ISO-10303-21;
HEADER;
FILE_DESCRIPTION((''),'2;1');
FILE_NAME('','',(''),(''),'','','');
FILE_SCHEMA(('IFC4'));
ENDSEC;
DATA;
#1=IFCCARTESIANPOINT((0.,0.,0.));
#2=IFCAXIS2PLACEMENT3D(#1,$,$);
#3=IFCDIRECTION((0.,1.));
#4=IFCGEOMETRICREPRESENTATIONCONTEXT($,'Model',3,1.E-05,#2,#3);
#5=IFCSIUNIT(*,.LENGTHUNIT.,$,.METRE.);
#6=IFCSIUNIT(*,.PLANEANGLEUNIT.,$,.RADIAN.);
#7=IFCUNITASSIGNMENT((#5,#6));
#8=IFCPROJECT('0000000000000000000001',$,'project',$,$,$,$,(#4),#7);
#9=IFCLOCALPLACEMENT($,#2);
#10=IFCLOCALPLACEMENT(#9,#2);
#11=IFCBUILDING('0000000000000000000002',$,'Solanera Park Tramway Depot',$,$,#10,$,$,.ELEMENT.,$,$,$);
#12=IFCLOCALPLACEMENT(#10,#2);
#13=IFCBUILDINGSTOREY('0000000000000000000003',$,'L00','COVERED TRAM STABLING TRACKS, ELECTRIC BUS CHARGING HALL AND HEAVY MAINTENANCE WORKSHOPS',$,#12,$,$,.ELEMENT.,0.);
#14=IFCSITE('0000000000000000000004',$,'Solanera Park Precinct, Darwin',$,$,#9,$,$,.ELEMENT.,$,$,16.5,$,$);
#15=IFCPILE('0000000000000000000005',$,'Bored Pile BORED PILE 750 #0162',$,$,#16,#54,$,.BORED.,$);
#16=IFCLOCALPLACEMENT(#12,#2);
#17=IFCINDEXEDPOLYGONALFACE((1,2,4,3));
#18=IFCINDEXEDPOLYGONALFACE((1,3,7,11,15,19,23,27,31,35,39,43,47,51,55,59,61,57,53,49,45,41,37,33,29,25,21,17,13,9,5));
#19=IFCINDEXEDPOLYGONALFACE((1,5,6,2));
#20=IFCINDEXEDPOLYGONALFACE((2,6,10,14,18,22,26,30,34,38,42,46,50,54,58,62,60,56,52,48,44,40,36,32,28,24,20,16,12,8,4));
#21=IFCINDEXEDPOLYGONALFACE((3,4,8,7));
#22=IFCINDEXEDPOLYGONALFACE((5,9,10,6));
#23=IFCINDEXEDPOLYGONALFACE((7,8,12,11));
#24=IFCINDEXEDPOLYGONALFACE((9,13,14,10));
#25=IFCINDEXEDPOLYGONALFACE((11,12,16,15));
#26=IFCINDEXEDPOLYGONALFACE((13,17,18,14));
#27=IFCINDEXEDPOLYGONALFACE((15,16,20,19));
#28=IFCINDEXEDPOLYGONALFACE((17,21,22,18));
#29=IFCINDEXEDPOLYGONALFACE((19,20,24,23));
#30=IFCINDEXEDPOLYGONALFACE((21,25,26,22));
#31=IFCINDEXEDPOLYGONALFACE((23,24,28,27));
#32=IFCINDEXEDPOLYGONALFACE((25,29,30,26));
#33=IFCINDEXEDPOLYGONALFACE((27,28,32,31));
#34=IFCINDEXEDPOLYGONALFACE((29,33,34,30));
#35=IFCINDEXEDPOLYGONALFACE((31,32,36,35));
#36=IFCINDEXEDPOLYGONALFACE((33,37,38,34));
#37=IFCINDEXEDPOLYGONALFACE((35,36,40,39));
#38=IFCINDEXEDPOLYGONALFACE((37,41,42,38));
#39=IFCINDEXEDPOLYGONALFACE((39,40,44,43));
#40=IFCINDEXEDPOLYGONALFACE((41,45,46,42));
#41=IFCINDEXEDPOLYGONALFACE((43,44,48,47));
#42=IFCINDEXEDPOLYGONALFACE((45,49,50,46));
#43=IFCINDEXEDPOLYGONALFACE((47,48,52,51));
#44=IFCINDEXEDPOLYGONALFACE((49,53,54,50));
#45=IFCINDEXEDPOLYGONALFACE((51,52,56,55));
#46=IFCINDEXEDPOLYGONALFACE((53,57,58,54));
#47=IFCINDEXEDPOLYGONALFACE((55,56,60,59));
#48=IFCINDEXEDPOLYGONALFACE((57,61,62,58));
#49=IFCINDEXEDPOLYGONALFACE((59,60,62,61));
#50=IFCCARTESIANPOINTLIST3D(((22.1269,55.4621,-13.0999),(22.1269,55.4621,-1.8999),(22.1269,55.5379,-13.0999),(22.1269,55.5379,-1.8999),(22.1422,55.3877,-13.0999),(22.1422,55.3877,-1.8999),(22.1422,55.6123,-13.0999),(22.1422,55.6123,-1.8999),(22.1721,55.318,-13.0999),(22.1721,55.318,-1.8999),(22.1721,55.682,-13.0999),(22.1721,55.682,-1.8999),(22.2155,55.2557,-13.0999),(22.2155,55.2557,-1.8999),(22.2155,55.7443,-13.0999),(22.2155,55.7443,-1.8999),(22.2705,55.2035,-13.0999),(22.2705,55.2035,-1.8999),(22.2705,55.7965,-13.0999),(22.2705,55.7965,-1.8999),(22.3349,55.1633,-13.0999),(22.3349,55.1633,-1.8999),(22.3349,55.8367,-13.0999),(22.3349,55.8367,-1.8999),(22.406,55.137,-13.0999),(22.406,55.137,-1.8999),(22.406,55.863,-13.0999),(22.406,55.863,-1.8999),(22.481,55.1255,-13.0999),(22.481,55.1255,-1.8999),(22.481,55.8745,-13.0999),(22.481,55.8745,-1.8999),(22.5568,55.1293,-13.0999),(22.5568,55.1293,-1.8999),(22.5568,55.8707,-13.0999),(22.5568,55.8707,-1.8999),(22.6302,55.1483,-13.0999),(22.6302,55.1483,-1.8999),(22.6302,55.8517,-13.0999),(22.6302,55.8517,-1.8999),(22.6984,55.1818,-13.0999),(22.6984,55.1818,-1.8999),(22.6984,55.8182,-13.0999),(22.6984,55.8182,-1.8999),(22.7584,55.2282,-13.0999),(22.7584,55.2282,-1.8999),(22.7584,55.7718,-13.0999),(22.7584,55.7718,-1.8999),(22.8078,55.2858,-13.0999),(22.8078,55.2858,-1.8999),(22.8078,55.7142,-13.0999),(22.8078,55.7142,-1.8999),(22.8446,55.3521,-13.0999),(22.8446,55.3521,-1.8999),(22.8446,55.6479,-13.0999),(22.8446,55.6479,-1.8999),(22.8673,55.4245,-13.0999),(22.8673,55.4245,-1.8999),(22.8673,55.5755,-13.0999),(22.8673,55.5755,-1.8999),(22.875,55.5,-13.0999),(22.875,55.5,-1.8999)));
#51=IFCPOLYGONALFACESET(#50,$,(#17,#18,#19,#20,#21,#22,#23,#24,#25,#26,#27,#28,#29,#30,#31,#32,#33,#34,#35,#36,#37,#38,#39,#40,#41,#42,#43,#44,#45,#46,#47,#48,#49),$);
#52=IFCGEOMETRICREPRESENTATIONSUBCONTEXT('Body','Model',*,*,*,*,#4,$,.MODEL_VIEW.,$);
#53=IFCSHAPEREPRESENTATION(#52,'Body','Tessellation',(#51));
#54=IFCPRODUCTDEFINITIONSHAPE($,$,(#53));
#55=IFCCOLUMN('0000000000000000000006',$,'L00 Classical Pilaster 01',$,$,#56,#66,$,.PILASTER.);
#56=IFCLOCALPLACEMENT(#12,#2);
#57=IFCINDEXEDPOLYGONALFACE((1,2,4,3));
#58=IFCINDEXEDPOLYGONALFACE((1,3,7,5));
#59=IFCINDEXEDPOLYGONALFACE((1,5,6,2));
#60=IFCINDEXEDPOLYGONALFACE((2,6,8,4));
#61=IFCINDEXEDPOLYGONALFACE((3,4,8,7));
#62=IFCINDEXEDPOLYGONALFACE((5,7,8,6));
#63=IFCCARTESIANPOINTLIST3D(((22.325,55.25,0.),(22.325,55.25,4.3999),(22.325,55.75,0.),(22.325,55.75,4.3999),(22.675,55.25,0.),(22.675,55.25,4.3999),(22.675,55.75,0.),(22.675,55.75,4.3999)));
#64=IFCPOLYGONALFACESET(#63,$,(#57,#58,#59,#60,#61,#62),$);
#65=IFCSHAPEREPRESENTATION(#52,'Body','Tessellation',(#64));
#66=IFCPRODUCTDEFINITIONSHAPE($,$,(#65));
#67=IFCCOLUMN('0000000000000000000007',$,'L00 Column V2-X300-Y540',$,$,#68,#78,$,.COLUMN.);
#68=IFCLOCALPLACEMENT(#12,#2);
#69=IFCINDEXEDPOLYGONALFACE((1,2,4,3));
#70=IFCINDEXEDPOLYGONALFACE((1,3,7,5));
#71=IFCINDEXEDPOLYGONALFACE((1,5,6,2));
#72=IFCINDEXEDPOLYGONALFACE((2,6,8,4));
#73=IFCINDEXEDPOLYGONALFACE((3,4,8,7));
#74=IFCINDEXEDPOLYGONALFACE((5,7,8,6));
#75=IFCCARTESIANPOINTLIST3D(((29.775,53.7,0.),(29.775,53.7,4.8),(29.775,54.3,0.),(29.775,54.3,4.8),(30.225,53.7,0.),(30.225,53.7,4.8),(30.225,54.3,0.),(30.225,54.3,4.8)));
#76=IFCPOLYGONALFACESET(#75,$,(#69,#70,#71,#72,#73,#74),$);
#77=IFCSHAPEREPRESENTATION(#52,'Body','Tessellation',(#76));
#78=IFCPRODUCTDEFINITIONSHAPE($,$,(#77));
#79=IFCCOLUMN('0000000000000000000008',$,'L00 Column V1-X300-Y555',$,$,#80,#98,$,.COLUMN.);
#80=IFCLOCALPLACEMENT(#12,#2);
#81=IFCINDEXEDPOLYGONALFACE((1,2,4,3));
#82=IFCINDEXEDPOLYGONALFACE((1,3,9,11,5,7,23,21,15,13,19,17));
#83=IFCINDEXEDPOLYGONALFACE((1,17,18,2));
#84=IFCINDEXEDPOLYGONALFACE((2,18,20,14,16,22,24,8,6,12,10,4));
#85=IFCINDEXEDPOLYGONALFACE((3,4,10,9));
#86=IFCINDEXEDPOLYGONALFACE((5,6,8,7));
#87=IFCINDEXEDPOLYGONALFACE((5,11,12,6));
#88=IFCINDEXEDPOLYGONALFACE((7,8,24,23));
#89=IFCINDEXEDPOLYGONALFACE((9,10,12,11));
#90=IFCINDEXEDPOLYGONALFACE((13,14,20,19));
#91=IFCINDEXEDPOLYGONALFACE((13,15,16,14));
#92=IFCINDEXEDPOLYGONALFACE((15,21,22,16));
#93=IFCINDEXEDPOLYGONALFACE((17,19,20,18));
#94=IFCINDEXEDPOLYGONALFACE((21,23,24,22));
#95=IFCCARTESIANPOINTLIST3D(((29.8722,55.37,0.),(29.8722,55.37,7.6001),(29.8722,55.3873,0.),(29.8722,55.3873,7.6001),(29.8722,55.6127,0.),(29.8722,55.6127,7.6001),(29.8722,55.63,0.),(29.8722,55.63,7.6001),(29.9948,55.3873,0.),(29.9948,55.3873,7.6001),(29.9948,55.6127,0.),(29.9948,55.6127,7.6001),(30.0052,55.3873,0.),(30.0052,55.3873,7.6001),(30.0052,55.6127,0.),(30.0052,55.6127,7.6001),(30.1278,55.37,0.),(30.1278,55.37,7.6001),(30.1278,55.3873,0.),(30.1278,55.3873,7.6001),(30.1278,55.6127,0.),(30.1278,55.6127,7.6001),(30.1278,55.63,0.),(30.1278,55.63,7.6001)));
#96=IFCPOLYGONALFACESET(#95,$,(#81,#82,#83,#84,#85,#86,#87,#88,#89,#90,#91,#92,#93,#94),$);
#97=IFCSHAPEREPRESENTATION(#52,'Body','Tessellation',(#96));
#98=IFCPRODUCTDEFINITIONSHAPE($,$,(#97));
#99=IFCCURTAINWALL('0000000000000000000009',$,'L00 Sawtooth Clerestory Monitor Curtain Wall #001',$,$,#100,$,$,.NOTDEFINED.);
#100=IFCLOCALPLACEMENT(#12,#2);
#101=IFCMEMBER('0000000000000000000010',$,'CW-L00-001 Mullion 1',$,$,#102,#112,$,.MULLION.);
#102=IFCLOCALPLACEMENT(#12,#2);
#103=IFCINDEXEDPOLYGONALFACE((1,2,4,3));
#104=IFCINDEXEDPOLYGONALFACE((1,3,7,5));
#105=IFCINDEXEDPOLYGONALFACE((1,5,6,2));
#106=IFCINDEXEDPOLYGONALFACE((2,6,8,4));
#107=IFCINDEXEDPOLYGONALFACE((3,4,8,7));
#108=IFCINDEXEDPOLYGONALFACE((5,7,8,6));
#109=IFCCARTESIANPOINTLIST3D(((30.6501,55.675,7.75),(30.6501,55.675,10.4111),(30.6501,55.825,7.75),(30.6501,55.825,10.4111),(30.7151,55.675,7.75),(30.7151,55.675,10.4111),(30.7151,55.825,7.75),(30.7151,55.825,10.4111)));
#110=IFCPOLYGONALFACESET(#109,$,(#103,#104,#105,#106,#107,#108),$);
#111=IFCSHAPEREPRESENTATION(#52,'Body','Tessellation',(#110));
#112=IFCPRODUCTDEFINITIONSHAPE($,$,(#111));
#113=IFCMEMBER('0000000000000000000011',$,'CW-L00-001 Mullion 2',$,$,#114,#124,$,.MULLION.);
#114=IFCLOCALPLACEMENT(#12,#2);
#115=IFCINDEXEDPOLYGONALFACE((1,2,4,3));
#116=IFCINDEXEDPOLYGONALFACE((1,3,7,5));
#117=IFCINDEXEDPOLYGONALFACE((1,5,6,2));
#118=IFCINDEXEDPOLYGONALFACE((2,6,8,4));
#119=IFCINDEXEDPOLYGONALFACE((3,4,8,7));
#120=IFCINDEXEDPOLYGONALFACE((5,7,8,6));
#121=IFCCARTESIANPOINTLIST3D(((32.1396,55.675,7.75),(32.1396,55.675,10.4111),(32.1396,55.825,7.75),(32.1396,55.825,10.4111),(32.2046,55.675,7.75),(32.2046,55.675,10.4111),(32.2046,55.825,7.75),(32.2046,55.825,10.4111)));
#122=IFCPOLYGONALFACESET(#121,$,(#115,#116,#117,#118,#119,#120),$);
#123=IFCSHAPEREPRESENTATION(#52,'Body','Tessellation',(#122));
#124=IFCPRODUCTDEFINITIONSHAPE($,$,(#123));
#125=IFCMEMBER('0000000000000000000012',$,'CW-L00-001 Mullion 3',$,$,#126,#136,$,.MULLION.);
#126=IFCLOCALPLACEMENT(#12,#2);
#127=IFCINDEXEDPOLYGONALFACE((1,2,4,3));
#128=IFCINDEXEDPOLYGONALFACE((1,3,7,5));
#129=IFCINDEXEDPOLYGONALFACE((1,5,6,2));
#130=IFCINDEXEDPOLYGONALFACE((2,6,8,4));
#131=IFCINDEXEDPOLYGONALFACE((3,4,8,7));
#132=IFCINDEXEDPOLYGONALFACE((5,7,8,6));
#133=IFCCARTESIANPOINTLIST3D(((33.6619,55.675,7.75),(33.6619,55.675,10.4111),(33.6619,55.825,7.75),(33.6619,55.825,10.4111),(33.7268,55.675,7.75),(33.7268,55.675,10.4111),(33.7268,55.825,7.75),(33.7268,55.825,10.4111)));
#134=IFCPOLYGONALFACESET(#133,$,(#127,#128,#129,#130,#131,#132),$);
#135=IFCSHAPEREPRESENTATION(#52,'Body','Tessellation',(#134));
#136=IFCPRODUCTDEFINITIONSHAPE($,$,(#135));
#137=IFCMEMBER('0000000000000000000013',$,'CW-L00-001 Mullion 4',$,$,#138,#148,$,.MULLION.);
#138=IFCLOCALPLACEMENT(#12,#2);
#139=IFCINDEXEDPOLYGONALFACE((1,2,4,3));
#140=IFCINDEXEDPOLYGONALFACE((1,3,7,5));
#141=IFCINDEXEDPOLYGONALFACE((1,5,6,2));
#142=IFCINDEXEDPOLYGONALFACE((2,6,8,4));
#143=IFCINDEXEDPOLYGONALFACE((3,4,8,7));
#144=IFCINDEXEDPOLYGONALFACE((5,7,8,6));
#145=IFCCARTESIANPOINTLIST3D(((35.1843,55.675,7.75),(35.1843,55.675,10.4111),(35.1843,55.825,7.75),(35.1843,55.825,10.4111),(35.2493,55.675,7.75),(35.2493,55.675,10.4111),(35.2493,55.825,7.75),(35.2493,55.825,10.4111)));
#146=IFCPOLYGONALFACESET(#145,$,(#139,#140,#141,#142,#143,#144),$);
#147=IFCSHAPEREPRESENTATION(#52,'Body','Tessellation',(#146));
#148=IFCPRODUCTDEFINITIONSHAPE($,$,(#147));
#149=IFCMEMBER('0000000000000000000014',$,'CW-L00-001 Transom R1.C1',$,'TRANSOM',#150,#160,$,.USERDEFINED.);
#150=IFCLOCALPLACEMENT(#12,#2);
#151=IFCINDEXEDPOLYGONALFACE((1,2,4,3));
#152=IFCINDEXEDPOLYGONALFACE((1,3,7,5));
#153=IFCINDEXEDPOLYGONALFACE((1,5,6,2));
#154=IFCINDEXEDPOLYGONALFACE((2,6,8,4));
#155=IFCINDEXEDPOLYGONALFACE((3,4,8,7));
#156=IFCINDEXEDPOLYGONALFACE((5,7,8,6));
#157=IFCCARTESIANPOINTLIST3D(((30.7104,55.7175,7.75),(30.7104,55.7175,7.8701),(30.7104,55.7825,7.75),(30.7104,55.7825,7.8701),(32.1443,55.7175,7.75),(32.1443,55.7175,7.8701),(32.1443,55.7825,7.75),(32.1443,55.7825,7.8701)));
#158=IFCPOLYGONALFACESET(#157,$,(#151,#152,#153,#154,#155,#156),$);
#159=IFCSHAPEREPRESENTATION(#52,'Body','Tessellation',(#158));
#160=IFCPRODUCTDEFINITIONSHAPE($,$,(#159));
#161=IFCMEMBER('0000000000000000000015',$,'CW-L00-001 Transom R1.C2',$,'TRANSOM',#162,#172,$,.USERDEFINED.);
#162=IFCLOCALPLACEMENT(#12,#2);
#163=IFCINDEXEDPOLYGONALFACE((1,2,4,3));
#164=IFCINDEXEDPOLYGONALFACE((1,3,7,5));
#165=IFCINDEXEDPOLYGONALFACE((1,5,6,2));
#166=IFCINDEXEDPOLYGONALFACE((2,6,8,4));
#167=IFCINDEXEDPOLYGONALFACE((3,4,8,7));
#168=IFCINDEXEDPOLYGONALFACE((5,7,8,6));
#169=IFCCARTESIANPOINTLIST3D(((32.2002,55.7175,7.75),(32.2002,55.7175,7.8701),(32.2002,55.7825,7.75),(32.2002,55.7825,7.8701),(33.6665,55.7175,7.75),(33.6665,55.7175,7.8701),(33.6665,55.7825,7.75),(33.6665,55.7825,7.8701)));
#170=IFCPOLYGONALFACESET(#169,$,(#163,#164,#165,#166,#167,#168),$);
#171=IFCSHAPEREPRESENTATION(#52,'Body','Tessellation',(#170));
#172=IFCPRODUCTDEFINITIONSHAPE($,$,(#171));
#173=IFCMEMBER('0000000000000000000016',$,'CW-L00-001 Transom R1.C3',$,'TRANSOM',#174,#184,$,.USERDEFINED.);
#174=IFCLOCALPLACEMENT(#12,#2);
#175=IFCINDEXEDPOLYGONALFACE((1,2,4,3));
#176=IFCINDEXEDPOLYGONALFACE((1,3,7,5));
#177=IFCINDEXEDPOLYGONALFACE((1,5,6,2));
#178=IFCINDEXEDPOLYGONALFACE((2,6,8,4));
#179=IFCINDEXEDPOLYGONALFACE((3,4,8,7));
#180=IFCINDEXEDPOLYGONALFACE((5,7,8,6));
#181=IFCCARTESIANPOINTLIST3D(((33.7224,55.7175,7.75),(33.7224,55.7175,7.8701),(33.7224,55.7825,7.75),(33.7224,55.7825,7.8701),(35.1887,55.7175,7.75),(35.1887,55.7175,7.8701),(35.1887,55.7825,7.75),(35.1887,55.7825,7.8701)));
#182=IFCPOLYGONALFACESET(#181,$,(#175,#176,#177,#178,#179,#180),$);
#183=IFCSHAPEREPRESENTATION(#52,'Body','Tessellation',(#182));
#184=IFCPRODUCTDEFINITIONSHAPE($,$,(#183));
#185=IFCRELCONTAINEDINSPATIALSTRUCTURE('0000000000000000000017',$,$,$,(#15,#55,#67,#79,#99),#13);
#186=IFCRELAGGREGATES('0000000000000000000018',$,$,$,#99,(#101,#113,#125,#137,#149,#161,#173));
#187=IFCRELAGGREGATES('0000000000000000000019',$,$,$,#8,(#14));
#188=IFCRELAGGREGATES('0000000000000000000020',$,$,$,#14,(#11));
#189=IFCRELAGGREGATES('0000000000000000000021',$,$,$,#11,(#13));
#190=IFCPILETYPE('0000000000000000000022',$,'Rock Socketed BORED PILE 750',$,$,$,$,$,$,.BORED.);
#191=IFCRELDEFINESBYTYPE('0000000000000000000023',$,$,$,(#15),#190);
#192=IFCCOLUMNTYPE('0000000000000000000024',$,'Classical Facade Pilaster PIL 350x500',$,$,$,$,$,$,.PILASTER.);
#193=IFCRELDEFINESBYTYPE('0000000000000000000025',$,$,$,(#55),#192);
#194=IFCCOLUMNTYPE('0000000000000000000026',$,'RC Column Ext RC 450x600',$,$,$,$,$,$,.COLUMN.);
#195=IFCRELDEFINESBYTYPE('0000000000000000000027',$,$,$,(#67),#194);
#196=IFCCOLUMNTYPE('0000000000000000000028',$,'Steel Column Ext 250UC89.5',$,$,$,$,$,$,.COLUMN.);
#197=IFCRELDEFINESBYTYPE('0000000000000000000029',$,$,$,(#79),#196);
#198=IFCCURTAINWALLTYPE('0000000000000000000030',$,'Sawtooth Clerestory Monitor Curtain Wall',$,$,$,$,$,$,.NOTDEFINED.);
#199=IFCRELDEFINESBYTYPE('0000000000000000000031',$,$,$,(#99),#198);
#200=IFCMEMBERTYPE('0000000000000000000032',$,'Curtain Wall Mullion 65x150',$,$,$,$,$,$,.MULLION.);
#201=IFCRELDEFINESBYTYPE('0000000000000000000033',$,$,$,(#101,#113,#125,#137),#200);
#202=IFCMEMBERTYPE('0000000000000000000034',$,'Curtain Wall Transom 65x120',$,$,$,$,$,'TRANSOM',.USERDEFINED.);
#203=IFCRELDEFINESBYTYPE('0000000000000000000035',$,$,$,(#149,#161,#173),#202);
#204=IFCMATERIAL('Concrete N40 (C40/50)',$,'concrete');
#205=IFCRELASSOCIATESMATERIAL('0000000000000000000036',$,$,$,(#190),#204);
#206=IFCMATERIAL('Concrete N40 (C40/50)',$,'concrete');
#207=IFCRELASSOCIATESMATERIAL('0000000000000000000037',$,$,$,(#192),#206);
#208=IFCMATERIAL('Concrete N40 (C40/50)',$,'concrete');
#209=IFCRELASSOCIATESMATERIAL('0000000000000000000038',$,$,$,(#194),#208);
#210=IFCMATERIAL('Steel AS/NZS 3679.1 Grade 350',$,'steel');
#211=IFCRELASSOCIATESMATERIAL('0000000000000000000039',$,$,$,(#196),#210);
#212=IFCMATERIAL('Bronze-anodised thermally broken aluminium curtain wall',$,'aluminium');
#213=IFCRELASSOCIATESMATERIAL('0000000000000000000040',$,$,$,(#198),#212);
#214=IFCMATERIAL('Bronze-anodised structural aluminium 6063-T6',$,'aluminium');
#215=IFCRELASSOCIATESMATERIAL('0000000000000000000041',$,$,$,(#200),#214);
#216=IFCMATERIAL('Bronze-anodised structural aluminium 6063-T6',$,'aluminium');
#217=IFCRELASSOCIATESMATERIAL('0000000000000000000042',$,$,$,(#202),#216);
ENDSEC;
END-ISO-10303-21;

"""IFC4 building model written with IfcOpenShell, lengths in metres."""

from ifc_helpers import new_model, si_unit, direction, frame, origin, origin_2d, place, context, subcontext, project, spatial, rectangle, circle, i_section, extrude, material, material_profile, profile_set, type_object, element, aggregate, save


model = new_model("IFC4")

# Units and contexts
model_context = context("Model", 3, precision=1e-05, world=origin(), true_north=direction((0.0, 1.0)))
body_context = subcontext(model_context, "Body", "Model", "MODEL_VIEW")
ifc_project = project(units=[si_unit("LENGTHUNIT", "METRE"), si_unit("PLANEANGLEUNIT", "RADIAN")], contexts=[model_context])

# Site, building, storey
site_placement = place(None, origin())
site = spatial("IfcSite", under=ifc_project, at=site_placement, Name="Solanera Park Precinct, Darwin", CompositionType="ELEMENT", RefElevation=16.5)
building_placement = place(site_placement, origin())
building = spatial("IfcBuilding", under=site, at=building_placement, Name="Solanera Park Tramway Depot", CompositionType="ELEMENT")
storey_placement = place(building_placement, origin())
storey = spatial("IfcBuildingStorey", under=building, at=storey_placement, Name="L00", Description="COVERED TRAM STABLING TRACKS, ELECTRIC BUS CHARGING HALL AND HEAVY MAINTENANCE WORKSHOPS", CompositionType="ELEMENT", Elevation=0.0)

# Pile
ifc_material_1 = material(Name="Concrete N40 (C40/50)", Category="concrete")
ifc_material_profile_1 = material_profile(ifc_material_1, circle(Radius=0.375, at=origin_2d()), Name="BORED PILE 750")
ifc_profile_set_1 = profile_set([ifc_material_profile_1], Name="Concrete N40 (C40/50)")
pile_type = type_object("IfcPileType", Name="Rock Socketed BORED PILE 750", PredefinedType="BORED", material=ifc_profile_set_1)
pile_placement = place(storey_placement, frame((22.5, 55.5, -1.8999), z_axis=(0.0, 0.0, -1.0), x_axis=(1.0, 0.0, 0.0)))
element("IfcPile", 1, at=pile_placement, inside=storey, type_object=pile_type, Name="Bored Pile BORED PILE 750 #0162", PredefinedType="BORED", context=body_context, shape_type="SweptSolid", body=[
    extrude(circle(Radius=0.375, at=origin_2d()), origin(), (0.0, 0.0, 1.0), 11.2),
])

# Columns
ifc_material_2 = material(Name="Concrete N40 (C40/50)", Category="concrete")
ifc_material_profile_2 = material_profile(ifc_material_2, rectangle(XDim=0.3501, YDim=0.5, at=origin_2d()), Name="PIL 350x500")
ifc_profile_set_2 = profile_set([ifc_material_profile_2], Name="Concrete N40 (C40/50)")
column_type_1 = type_object("IfcColumnType", Name="Classical Facade Pilaster PIL 350x500", PredefinedType="PILASTER", material=ifc_profile_set_2)
column_1_placement = place(storey_placement, frame((22.5, 55.5, 0.0), z_axis=(0.0, 0.0, 1.0), x_axis=(1.0, 0.0, 0.0)))
element("IfcColumn", 2, at=column_1_placement, inside=storey, type_object=column_type_1, Name="L00 Classical Pilaster 01", PredefinedType="PILASTER", context=body_context, shape_type="SweptSolid", body=[
    extrude(rectangle(XDim=0.3501, YDim=0.5, at=origin_2d()), origin(), (0.0, 0.0, 1.0), 4.3999),
])
ifc_material_3 = material(Name="Concrete N40 (C40/50)", Category="concrete")
ifc_material_profile_3 = material_profile(ifc_material_3, rectangle(XDim=0.45, YDim=0.6001, at=origin_2d()), Name="RC 450x600")
ifc_profile_set_3 = profile_set([ifc_material_profile_3], Name="Concrete N40 (C40/50)")
column_type_2 = type_object("IfcColumnType", Name="RC Column Ext RC 450x600", PredefinedType="COLUMN", material=ifc_profile_set_3)
column_2_placement = place(storey_placement, frame((30.0, 54.0, 0.0), z_axis=(0.0, 0.0, 1.0), x_axis=(1.0, 0.0, 0.0)))
element("IfcColumn", 3, at=column_2_placement, inside=storey, type_object=column_type_2, Name="L00 Column V2-X300-Y540", PredefinedType="COLUMN", context=body_context, shape_type="SweptSolid", body=[
    extrude(rectangle(XDim=0.45, YDim=0.6001, at=origin_2d()), origin(), (0.0, 0.0, 1.0), 4.8),
])
ifc_material_4 = material(Name="Steel AS/NZS 3679.1 Grade 350", Category="steel")
ifc_material_profile_4 = material_profile(ifc_material_4, i_section(OverallWidth=0.2556, OverallDepth=0.26, WebThickness=0.0105, FlangeThickness=0.0173, at=origin_2d()), Name="250UC89.5")
ifc_profile_set_4 = profile_set([ifc_material_profile_4], Name="Steel AS/NZS 3679.1 Grade 350")
column_type_3 = type_object("IfcColumnType", Name="Steel Column Ext 250UC89.5", PredefinedType="COLUMN", material=ifc_profile_set_4)
column_3_placement = place(storey_placement, frame((30.0, 55.5, 0.0), z_axis=(0.0, 0.0, 1.0), x_axis=(1.0, 0.0, 0.0)))
element("IfcColumn", 4, at=column_3_placement, inside=storey, type_object=column_type_3, Name="L00 Column V1-X300-Y555", PredefinedType="COLUMN", context=body_context, shape_type="SweptSolid", body=[
    extrude(i_section(OverallWidth=0.2556, OverallDepth=0.26, WebThickness=0.0105, FlangeThickness=0.0173, at=origin_2d()), origin(), (0.0, 0.0, 1.0), 7.6001),
])

# Curtain wall, members
ifc_material_5 = material(Name="Bronze-anodised thermally broken aluminium curtain wall", Category="aluminium")
curtain_wall_type = type_object("IfcCurtainWallType", Name="Sawtooth Clerestory Monitor Curtain Wall", PredefinedType="NOTDEFINED", material=ifc_material_5)
curtain_wall_placement = place(storey_placement, origin())
curtain_wall = element("IfcCurtainWall", 5, at=curtain_wall_placement, inside=storey, type_object=curtain_wall_type, Name="L00 Sawtooth Clerestory Monitor Curtain Wall #001", PredefinedType="NOTDEFINED")
ifc_material_6 = material(Name="Bronze-anodised structural aluminium 6063-T6", Category="aluminium")
ifc_material_profile_5 = material_profile(ifc_material_6, rectangle(XDim=0.0649, YDim=0.1499, at=origin_2d()), Name="Curtain Wall Mullion 65x150")
ifc_profile_set_5 = profile_set([ifc_material_profile_5], Name="Bronze-anodised structural aluminium 6063-T6")
member_type_1 = type_object("IfcMemberType", Name="Curtain Wall Mullion 65x150", PredefinedType="MULLION", material=ifc_profile_set_5)
member_1_placement = place(storey_placement, frame((30.6826, 55.75, 7.75), z_axis=(0.0, 0.0, 1.0), x_axis=(1.0, 0.0, 0.0)))
member_1 = element("IfcMember", 6, at=member_1_placement, type_object=member_type_1, Name="CW-L00-001 Mullion 1", PredefinedType="MULLION", context=body_context, shape_type="SweptSolid", body=[
    extrude(rectangle(XDim=0.0649, YDim=0.1499, at=origin_2d()), origin(), (0.0, 0.0, 1.0), 2.6611),
])
member_2_placement = place(storey_placement, frame((32.1721, 55.75, 7.75), z_axis=(0.0, 0.0, 1.0), x_axis=(1.0, 0.0, 0.0)))
member_2 = element("IfcMember", 7, at=member_2_placement, type_object=member_type_1, Name="CW-L00-001 Mullion 2", PredefinedType="MULLION", context=body_context, shape_type="SweptSolid", body=[
    extrude(rectangle(XDim=0.0649, YDim=0.1499, at=origin_2d()), origin(), (0.0, 0.0, 1.0), 2.6611),
])
member_3_placement = place(storey_placement, frame((33.6943, 55.75, 7.75), z_axis=(0.0, 0.0, 1.0), x_axis=(1.0, 0.0, 0.0)))
member_3 = element("IfcMember", 8, at=member_3_placement, type_object=member_type_1, Name="CW-L00-001 Mullion 3", PredefinedType="MULLION", context=body_context, shape_type="SweptSolid", body=[
    extrude(rectangle(XDim=0.0649, YDim=0.1499, at=origin_2d()), origin(), (0.0, 0.0, 1.0), 2.6611),
])
member_4_placement = place(storey_placement, frame((35.2168, 55.75, 7.75), z_axis=(0.0, 0.0, 1.0), x_axis=(1.0, 0.0, 0.0)))
member_4 = element("IfcMember", 9, at=member_4_placement, type_object=member_type_1, Name="CW-L00-001 Mullion 4", PredefinedType="MULLION", context=body_context, shape_type="SweptSolid", body=[
    extrude(rectangle(XDim=0.0649, YDim=0.1499, at=origin_2d()), origin(), (0.0, 0.0, 1.0), 2.6611),
])
ifc_material_7 = material(Name="Bronze-anodised structural aluminium 6063-T6", Category="aluminium")
ifc_material_profile_6 = material_profile(ifc_material_7, rectangle(XDim=0.0649, YDim=0.1201, at=origin_2d()), Name="Curtain Wall Transom 65x120")
ifc_profile_set_6 = profile_set([ifc_material_profile_6], Name="Bronze-anodised structural aluminium 6063-T6")
member_type_2 = type_object("IfcMemberType", Name="Curtain Wall Transom 65x120", ElementType="TRANSOM", PredefinedType="USERDEFINED", material=ifc_profile_set_6)
member_5_placement = place(storey_placement, frame((30.7104, 55.75, 7.8101), z_axis=(1.0, 0.0, 0.0), x_axis=(0.0, 1.0, 0.0)))
member_5 = element("IfcMember", 10, at=member_5_placement, type_object=member_type_2, Name="CW-L00-001 Transom R1.C1", ObjectType="TRANSOM", PredefinedType="USERDEFINED", context=body_context, shape_type="SweptSolid", body=[
    extrude(rectangle(XDim=0.0649, YDim=0.1201, at=origin_2d()), origin(), (0.0, 0.0, 1.0), 1.4338),
])
member_6_placement = place(storey_placement, frame((32.2002, 55.75, 7.8101), z_axis=(1.0, 0.0, 0.0), x_axis=(0.0, 1.0, 0.0)))
member_6 = element("IfcMember", 11, at=member_6_placement, type_object=member_type_2, Name="CW-L00-001 Transom R1.C2", ObjectType="TRANSOM", PredefinedType="USERDEFINED", context=body_context, shape_type="SweptSolid", body=[
    extrude(rectangle(XDim=0.0649, YDim=0.1201, at=origin_2d()), origin(), (0.0, 0.0, 1.0), 1.4663),
])
member_7_placement = place(storey_placement, frame((33.7224, 55.75, 7.8101), z_axis=(1.0, 0.0, 0.0), x_axis=(0.0, 1.0, 0.0)))
member_7 = element("IfcMember", 12, at=member_7_placement, type_object=member_type_2, Name="CW-L00-001 Transom R1.C3", ObjectType="TRANSOM", PredefinedType="USERDEFINED", context=body_context, shape_type="SweptSolid", body=[
    extrude(rectangle(XDim=0.0649, YDim=0.1201, at=origin_2d()), origin(), (0.0, 0.0, 1.0), 1.4663),
])

aggregate(curtain_wall, [member_1, member_2, member_3, member_4, member_5, member_6, member_7])

save(model, "model.ifc")
